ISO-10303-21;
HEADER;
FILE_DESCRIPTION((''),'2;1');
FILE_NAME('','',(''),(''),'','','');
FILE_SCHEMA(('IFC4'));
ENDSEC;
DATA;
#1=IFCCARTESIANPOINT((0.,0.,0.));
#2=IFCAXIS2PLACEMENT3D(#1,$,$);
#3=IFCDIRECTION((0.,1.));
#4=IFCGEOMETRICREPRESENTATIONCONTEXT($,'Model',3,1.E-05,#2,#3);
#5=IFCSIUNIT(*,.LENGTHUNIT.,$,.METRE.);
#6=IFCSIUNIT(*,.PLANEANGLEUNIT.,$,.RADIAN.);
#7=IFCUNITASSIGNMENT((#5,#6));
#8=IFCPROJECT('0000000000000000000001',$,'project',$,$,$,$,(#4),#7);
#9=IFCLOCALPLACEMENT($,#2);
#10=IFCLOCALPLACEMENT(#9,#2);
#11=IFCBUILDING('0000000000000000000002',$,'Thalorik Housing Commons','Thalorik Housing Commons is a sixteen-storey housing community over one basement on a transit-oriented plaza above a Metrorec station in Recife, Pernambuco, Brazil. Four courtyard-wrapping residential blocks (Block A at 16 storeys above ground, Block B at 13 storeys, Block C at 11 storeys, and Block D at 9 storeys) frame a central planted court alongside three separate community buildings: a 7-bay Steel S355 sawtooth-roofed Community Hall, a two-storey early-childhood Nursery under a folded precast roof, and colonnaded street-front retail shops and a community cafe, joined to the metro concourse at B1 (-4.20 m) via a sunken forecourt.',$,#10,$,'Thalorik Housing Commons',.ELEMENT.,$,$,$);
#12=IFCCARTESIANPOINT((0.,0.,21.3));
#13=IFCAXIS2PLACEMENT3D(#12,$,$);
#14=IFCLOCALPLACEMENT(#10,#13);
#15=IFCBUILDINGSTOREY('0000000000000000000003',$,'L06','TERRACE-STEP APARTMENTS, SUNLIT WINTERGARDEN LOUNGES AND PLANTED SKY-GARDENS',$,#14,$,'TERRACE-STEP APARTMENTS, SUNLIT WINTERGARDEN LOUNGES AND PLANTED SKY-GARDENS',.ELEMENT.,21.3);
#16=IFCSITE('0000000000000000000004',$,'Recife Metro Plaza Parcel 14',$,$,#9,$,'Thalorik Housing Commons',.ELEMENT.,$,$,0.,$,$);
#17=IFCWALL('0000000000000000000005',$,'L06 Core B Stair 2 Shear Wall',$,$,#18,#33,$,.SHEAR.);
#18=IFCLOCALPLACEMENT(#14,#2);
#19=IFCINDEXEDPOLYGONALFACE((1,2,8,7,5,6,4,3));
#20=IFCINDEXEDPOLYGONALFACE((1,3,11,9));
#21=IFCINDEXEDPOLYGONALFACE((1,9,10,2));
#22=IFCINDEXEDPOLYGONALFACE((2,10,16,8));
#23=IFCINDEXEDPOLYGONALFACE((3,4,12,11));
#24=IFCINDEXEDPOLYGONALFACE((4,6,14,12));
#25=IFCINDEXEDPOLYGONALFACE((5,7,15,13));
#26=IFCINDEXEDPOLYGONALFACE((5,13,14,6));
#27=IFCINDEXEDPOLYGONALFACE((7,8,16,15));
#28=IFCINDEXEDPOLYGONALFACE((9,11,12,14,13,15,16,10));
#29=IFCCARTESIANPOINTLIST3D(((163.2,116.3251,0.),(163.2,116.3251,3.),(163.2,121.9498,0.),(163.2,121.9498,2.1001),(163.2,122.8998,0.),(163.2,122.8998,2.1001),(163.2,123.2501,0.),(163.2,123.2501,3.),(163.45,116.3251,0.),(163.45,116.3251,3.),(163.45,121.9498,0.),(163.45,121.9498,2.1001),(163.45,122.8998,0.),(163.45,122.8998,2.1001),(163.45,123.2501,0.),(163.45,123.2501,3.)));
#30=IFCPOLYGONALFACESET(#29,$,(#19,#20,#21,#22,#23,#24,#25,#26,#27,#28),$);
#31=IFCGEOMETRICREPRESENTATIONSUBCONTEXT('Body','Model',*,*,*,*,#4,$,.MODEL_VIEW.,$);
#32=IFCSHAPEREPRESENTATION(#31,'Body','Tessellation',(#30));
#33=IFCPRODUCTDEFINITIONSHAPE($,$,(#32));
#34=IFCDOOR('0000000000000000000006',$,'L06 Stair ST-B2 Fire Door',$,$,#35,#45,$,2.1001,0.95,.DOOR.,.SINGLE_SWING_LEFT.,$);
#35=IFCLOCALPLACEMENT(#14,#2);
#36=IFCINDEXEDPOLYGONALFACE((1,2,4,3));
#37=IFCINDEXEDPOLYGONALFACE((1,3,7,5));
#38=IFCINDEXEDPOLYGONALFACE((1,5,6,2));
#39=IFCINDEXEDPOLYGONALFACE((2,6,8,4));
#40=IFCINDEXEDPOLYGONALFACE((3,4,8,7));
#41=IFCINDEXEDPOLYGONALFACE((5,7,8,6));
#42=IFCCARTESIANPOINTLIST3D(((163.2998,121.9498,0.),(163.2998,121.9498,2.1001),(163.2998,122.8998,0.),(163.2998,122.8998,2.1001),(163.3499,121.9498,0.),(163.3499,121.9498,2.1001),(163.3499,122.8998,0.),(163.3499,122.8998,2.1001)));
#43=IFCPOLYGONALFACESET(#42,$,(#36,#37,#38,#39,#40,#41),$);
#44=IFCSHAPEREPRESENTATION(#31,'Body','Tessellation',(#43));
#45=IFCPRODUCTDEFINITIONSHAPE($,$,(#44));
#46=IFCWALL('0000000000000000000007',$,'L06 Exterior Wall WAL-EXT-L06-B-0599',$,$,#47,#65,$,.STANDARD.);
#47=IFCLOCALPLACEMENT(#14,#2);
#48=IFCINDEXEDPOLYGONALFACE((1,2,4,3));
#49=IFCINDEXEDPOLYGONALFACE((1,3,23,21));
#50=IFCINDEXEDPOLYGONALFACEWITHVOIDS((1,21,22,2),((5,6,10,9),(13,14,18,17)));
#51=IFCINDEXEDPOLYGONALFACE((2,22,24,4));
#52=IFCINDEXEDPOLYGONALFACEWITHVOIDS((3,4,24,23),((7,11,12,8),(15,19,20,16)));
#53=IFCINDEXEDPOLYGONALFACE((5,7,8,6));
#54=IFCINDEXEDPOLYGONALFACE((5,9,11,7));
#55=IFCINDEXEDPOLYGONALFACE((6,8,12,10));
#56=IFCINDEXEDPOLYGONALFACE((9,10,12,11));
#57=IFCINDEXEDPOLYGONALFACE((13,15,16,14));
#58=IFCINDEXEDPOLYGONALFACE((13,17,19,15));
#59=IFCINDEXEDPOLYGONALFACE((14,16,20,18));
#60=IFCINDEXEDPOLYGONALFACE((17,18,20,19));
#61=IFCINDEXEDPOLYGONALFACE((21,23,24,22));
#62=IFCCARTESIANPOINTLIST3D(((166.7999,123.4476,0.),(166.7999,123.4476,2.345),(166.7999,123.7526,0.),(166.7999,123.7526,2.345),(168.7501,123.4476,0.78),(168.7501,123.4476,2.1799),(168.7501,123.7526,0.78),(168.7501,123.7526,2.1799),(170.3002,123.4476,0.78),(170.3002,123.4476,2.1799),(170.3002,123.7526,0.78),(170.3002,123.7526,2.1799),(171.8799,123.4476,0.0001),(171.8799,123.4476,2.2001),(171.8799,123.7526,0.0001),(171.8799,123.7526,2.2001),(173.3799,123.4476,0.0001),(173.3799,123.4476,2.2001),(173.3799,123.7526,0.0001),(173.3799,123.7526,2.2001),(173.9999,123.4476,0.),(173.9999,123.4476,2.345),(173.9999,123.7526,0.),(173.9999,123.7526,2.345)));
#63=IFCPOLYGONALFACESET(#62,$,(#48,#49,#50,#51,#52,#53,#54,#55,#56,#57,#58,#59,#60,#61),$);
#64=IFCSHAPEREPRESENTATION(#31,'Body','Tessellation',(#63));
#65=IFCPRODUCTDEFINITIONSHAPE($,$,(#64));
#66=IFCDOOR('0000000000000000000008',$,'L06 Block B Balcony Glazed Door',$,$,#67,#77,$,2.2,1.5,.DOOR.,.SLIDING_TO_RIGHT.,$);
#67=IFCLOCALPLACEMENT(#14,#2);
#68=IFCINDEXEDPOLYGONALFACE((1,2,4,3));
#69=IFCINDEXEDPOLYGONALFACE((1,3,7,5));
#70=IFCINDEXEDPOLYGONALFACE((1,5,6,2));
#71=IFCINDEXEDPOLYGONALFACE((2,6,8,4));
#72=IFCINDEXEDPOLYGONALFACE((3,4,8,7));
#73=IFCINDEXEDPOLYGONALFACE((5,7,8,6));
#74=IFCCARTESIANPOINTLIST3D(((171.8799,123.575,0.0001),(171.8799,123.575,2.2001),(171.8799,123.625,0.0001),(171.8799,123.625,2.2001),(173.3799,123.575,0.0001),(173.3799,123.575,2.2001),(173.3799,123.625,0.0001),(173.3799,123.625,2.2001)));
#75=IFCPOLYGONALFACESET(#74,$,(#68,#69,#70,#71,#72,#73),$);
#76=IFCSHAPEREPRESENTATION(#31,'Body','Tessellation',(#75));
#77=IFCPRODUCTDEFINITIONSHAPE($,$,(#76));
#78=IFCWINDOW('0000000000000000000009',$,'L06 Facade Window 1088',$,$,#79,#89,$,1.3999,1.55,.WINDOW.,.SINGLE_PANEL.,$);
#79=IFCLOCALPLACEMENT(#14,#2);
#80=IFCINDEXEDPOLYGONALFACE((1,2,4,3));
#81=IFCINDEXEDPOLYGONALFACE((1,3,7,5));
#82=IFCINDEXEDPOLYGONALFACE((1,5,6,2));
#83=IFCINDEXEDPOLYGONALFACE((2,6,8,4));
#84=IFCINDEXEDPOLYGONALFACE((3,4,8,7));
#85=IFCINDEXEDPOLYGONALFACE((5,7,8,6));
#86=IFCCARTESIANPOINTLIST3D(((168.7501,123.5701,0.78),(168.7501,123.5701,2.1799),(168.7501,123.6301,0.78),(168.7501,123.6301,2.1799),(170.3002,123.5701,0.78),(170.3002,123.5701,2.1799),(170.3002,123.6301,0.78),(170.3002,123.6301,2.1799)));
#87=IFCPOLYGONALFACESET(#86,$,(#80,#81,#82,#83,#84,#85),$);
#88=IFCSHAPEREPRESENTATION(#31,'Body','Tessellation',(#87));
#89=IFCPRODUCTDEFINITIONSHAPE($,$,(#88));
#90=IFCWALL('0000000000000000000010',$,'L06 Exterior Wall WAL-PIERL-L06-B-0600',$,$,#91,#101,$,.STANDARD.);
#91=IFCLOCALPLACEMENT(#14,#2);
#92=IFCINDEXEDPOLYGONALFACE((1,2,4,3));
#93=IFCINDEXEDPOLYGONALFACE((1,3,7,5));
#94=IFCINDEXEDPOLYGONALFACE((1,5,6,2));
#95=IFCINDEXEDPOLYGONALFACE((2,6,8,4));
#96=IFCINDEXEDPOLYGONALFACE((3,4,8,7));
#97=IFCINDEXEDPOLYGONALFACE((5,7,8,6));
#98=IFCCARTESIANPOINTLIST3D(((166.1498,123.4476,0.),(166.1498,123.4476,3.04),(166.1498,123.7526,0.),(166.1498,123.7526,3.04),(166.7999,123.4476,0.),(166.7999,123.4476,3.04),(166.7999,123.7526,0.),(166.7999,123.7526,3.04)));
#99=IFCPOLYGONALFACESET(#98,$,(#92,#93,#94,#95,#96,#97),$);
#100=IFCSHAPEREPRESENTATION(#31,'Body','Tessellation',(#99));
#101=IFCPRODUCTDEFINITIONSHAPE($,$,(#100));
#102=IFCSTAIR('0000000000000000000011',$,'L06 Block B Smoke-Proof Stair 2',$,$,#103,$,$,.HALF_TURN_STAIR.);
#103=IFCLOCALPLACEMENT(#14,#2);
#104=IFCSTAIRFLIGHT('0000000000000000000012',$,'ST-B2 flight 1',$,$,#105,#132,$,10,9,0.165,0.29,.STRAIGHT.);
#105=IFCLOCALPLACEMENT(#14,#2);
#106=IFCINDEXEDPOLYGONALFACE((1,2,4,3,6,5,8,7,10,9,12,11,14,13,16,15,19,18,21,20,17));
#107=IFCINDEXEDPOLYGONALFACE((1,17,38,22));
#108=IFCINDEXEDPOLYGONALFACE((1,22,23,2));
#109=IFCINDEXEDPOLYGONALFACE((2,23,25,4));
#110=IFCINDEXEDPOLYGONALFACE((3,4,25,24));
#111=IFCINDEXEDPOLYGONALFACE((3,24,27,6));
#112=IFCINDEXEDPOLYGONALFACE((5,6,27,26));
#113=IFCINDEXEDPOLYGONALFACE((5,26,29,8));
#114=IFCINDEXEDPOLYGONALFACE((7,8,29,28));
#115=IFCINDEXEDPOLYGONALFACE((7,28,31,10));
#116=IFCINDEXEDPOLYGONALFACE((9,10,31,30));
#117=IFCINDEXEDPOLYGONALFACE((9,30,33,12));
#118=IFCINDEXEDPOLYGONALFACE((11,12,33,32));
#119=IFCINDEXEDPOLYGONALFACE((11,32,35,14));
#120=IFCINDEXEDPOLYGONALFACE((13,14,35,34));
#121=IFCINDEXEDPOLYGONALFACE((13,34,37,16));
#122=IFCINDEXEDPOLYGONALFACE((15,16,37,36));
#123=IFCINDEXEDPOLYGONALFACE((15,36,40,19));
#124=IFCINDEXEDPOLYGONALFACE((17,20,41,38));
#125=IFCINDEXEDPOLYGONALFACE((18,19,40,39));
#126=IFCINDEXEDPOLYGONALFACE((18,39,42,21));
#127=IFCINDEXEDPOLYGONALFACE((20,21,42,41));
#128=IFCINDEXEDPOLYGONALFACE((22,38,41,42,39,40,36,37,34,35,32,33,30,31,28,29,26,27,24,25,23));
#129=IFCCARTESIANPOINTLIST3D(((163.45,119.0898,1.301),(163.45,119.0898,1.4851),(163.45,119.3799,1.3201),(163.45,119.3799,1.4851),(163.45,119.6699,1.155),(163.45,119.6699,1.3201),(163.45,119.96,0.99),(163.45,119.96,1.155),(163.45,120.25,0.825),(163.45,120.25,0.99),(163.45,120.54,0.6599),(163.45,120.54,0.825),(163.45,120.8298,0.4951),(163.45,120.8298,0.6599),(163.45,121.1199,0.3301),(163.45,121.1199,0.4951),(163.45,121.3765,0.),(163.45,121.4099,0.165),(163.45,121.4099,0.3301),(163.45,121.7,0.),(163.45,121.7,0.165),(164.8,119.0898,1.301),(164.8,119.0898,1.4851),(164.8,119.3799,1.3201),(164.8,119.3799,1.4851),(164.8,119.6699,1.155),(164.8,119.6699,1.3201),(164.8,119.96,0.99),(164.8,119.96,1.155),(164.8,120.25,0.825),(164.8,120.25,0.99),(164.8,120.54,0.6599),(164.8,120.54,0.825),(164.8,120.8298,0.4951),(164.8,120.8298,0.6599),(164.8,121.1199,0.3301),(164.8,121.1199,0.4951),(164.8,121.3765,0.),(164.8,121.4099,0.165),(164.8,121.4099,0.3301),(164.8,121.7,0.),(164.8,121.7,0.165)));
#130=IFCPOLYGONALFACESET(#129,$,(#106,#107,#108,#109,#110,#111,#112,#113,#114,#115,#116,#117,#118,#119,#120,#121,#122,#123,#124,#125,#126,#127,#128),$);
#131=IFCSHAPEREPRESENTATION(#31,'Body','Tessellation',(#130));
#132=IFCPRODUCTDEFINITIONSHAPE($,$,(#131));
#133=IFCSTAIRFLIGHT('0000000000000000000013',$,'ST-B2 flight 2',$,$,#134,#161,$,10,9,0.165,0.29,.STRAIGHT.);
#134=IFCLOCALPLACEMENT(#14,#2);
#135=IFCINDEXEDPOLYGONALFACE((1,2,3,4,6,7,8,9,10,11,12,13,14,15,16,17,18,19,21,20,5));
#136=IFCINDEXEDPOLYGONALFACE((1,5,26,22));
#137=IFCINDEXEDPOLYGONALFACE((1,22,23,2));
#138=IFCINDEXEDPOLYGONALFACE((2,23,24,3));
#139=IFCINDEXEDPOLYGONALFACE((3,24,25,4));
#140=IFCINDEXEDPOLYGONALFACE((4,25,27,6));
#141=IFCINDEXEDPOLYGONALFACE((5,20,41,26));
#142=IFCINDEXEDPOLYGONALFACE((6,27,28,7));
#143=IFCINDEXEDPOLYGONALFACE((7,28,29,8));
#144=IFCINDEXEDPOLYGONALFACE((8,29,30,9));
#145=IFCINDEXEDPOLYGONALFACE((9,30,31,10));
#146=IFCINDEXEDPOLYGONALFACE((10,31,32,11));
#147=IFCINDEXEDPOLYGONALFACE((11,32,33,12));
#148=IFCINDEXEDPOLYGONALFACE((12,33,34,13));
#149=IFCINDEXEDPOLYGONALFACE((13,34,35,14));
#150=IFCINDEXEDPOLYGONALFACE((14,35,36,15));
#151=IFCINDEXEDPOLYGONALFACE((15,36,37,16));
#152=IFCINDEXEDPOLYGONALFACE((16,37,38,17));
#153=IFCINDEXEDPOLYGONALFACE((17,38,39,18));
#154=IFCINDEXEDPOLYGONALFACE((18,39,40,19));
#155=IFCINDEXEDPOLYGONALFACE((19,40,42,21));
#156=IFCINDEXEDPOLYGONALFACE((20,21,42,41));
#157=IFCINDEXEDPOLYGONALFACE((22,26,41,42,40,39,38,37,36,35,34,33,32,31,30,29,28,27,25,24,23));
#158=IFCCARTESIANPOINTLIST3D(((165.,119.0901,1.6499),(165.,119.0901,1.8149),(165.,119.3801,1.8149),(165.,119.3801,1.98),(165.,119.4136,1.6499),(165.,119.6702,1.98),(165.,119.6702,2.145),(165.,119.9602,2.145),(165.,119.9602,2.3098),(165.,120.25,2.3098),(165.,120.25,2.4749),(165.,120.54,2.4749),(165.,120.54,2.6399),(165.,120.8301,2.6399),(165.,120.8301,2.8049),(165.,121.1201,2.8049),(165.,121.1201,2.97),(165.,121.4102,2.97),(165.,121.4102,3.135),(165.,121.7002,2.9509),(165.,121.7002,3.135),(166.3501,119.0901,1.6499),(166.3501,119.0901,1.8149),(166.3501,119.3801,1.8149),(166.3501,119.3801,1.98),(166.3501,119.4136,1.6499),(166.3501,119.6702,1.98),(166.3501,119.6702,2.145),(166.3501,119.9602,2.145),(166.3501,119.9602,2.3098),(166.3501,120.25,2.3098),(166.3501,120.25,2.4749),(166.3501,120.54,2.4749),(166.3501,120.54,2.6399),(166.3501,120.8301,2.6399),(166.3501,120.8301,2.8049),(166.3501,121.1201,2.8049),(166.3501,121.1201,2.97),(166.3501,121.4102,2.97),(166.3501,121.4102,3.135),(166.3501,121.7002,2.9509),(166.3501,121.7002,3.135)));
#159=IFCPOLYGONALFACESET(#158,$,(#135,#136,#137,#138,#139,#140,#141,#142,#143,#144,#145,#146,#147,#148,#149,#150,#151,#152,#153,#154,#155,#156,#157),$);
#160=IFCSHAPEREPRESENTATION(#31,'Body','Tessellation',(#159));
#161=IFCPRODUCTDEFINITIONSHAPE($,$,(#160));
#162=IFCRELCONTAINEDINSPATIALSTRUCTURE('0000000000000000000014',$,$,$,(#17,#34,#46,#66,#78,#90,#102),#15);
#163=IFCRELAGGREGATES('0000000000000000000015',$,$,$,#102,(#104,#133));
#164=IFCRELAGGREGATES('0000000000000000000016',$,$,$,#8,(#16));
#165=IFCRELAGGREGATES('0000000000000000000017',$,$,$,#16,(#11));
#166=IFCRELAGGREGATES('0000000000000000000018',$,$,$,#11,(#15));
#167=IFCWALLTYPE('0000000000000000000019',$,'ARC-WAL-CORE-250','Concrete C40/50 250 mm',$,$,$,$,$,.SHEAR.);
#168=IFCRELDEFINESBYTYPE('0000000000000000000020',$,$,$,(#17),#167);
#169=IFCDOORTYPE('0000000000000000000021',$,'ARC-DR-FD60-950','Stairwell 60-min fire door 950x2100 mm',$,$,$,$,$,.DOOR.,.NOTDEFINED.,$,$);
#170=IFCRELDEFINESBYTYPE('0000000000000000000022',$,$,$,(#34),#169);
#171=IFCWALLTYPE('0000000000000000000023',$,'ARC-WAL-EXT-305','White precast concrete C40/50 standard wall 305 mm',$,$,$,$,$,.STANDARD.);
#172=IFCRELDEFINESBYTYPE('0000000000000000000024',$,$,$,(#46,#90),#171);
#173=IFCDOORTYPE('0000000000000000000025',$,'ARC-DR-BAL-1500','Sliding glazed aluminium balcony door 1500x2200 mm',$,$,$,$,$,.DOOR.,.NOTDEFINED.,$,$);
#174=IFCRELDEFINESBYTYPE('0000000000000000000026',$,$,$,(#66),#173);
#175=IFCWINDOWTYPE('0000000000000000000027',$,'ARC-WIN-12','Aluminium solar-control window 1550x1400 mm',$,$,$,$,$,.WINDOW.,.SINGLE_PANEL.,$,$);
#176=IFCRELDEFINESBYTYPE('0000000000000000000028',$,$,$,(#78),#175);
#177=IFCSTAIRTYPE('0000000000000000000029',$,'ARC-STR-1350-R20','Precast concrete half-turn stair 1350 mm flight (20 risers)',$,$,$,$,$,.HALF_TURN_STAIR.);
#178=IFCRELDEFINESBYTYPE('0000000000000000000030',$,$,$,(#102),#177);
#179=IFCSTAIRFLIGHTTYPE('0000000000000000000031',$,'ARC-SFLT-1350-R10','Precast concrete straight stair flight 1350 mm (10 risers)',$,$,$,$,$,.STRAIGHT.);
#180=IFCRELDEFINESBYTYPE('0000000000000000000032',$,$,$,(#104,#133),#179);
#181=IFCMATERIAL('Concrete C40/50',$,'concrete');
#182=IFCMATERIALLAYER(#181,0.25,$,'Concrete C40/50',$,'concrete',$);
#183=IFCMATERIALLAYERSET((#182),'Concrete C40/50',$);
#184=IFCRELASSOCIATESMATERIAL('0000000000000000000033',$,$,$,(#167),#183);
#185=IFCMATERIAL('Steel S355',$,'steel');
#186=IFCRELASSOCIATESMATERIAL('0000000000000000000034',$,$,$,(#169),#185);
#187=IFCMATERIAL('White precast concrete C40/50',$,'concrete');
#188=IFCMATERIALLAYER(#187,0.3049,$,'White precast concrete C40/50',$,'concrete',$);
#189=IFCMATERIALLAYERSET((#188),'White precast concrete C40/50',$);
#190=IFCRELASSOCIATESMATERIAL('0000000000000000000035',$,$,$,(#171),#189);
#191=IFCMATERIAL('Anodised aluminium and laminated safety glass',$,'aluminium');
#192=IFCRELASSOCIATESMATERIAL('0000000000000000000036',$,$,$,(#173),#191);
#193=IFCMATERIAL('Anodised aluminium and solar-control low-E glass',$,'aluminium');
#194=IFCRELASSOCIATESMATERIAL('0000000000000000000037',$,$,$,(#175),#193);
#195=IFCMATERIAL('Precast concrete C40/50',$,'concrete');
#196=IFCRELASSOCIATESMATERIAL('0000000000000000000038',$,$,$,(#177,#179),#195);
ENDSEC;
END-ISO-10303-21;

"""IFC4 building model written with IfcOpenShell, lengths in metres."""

from ifc_helpers import new_model, si_unit, direction, frame, frame_2d, origin, place, context, subcontext, project, spatial, polyline, rectangle, outline, extrude, material, layer, layer_set, type_object, element, fill, aggregate, save


model = new_model("IFC4")

# Units and contexts
model_context = context("Model", 3, precision=1e-05, world=origin(), true_north=direction((0.0, 1.0)))
body_context = subcontext(model_context, "Body", "Model", "MODEL_VIEW")
ifc_project = project(units=[si_unit("LENGTHUNIT", "METRE"), si_unit("PLANEANGLEUNIT", "RADIAN")], contexts=[model_context])

# Site, building, storey
site_placement = place(None, origin())
site = spatial("IfcSite", under=ifc_project, at=site_placement, Name="Recife Metro Plaza Parcel 14", LongName="Thalorik Housing Commons", CompositionType="ELEMENT", RefElevation=0.0)
building_placement = place(site_placement, origin())
building = spatial("IfcBuilding", under=site, at=building_placement, Name="Thalorik Housing Commons", Description="Thalorik Housing Commons is a sixteen-storey housing community over one basement on a transit-oriented plaza above a Metrorec station in Recife, Pernambuco, Brazil. Four courtyard-wrapping residential blocks (Block A at 16 storeys above ground, Block B at 13 storeys, Block C at 11 storeys, and Block D at 9 storeys) frame a central planted court alongside three separate community buildings: a 7-bay Steel S355 sawtooth-roofed Community Hall, a two-storey early-childhood Nursery under a folded precast roof, and colonnaded street-front retail shops and a community cafe, joined to the metro concourse at B1 (-4.20 m) via a sunken forecourt.", LongName="Thalorik Housing Commons", CompositionType="ELEMENT")
storey_placement = place(building_placement, frame((0.0, 0.0, 21.3)))
storey = spatial("IfcBuildingStorey", under=building, at=storey_placement, Name="L06", Description="TERRACE-STEP APARTMENTS, SUNLIT WINTERGARDEN LOUNGES AND PLANTED SKY-GARDENS", LongName="TERRACE-STEP APARTMENTS, SUNLIT WINTERGARDEN LOUNGES AND PLANTED SKY-GARDENS", CompositionType="ELEMENT", Elevation=21.3)

# Shared definitions
ifc_material_1 = material(Name="Precast concrete C40/50", Category="concrete")

# Shared definitions
ifc_material_2 = material(Name="Anodised aluminium and solar-control low-E glass", Category="aluminium")

# Shared definitions
ifc_material_3 = material(Name="Concrete C40/50", Category="concrete")
ifc_layer_1 = layer(ifc_material_3, 0.25, Name="Concrete C40/50", Category="concrete")
ifc_layer_set_1 = layer_set([ifc_layer_1], Name="Concrete C40/50")
wall_type_1 = type_object("IfcWallType", Name="ARC-WAL-CORE-250", Description="Concrete C40/50 250 mm", PredefinedType="SHEAR", material=ifc_layer_set_1)

# Wall, opening, door
wall_1_placement = place(storey_placement, frame((163.325, 123.25, 0.0), z_axis=(0.0, 0.0, 1.0), x_axis=(0.0, -1.0, 0.0)))
wall_1 = element("IfcWall", 1, at=wall_1_placement, inside=storey, type_object=wall_type_1, Name="L06 Core B Stair 2 Shear Wall", PredefinedType="SHEAR", context=body_context, shape_type="SweptSolid", body=[
    extrude(rectangle(XDim=6.925, YDim=0.25, at=frame_2d((3.4624, 0.0))), origin(), (0.0, 0.0, 1.0), 3.0),
])
opening_1_placement = place(wall_1_placement, frame((0.3501, 0.0, 0.0)))
opening_1 = element("IfcOpeningElement", 2, at=opening_1_placement, cuts=wall_1, PredefinedType="OPENING", context=body_context, shape_type="SweptSolid", body=[
    extrude(rectangle(XDim=0.95, YDim=2.1001, at=frame_2d((0.4751, 1.05))), frame((0.0, 0.135, 0.0), z_axis=(0.0, -1.0, 0.0), x_axis=(1.0, 0.0, 0.0)), (0.0, 0.0, 1.0), 0.27),
])
ifc_material_4 = material(Name="Steel S355", Category="steel")
door_type_1 = type_object("IfcDoorType", Name="ARC-DR-FD60-950", Description="Stairwell 60-min fire door 950x2100 mm", OperationType="NOTDEFINED", PredefinedType="DOOR", material=ifc_material_4)
door_1_placement = place(opening_1_placement, origin())
door_1 = element("IfcDoor", 3, at=door_1_placement, inside=storey, type_object=door_type_1, Name="L06 Stair ST-B2 Fire Door", OperationType="SINGLE_SWING_LEFT", OverallHeight=2.1001, OverallWidth=0.95, PredefinedType="DOOR", context=body_context, shape_type="SweptSolid", body=[
    extrude(rectangle(XDim=0.95, YDim=2.1001, at=frame_2d((0.4751, 1.05))), frame((0.0, 0.0249, 0.0), z_axis=(0.0, -1.0, 0.0), x_axis=(1.0, 0.0, 0.0)), (0.0, 0.0, 1.0), 0.05),
])
fill(opening_1, door_1)

# Wall, openings, door, window
ifc_material_5 = material(Name="White precast concrete C40/50", Category="concrete")
ifc_layer_2 = layer(ifc_material_5, 0.3049, Name="White precast concrete C40/50", Category="concrete")
ifc_layer_set_2 = layer_set([ifc_layer_2], Name="White precast concrete C40/50")
wall_type_2 = type_object("IfcWallType", Name="ARC-WAL-EXT-305", Description="White precast concrete C40/50 standard wall 305 mm", PredefinedType="STANDARD", material=ifc_layer_set_2)
wall_2_placement = place(storey_placement, frame((174.0, 123.6001, 0.0), z_axis=(0.0, 0.0, 1.0), x_axis=(-1.0, 0.0, 0.0)))
wall_2 = element("IfcWall", 4, at=wall_2_placement, inside=storey, type_object=wall_type_2, Name="L06 Exterior Wall WAL-EXT-L06-B-0599", PredefinedType="STANDARD", context=body_context, shape_type="SweptSolid", body=[
    extrude(rectangle(XDim=7.2, YDim=0.3049, at=frame_2d((3.6001, 0.0))), origin(), (0.0, 0.0, 1.0), 2.345),
])
opening_2_placement = place(wall_2_placement, frame((0.6201, 0.0, 0.0)))
opening_2 = element("IfcOpeningElement", 5, at=opening_2_placement, cuts=wall_2, PredefinedType="OPENING", context=body_context, shape_type="SweptSolid", body=[
    extrude(rectangle(XDim=1.5, YDim=2.2, at=frame_2d((0.75, 1.1001))), frame((0.0, 0.1626, 0.0), z_axis=(0.0, -1.0, 0.0), x_axis=(1.0, 0.0, 0.0)), (0.0, 0.0, 1.0), 0.325),
])
opening_3_placement = place(wall_2_placement, frame((3.7, 0.0, 0.78)))
opening_3 = element("IfcOpeningElement", 6, at=opening_3_placement, cuts=wall_2, PredefinedType="OPENING", context=body_context, shape_type="SweptSolid", body=[
    extrude(rectangle(XDim=1.55, YDim=1.3999, at=frame_2d((0.7749, 0.7))), frame((0.0, 0.1626, 0.0), z_axis=(0.0, -1.0, 0.0), x_axis=(1.0, 0.0, 0.0)), (0.0, 0.0, 1.0), 0.325),
])
ifc_material_6 = material(Name="Anodised aluminium and laminated safety glass", Category="aluminium")
door_type_2 = type_object("IfcDoorType", Name="ARC-DR-BAL-1500", Description="Sliding glazed aluminium balcony door 1500x2200 mm", OperationType="NOTDEFINED", PredefinedType="DOOR", material=ifc_material_6)
door_2_placement = place(opening_2_placement, frame((1.5, 0.0, 0.0), z_axis=(0.0, 0.0, 1.0), x_axis=(-1.0, 0.0, 0.0)))
door_2 = element("IfcDoor", 7, at=door_2_placement, inside=storey, type_object=door_type_2, Name="L06 Block B Balcony Glazed Door", OperationType="SLIDING_TO_RIGHT", OverallHeight=2.2, OverallWidth=1.5, PredefinedType="DOOR", context=body_context, shape_type="SweptSolid", body=[
    extrude(rectangle(XDim=1.5, YDim=2.2, at=frame_2d((0.75, 1.1001))), frame((0.0, 0.0249, 0.0), z_axis=(0.0, -1.0, 0.0), x_axis=(1.0, 0.0, 0.0)), (0.0, 0.0, 1.0), 0.05),
])
fill(opening_2, door_2)
window_type = type_object("IfcWindowType", Name="ARC-WIN-12", Description="Aluminium solar-control window 1550x1400 mm", PartitioningType="SINGLE_PANEL", PredefinedType="WINDOW", material=ifc_material_2)
window_placement = place(opening_3_placement, origin())
window = element("IfcWindow", 8, at=window_placement, inside=storey, type_object=window_type, Name="L06 Facade Window 1088", OverallHeight=1.3999, OverallWidth=1.55, PartitioningType="SINGLE_PANEL", PredefinedType="WINDOW", context=body_context, shape_type="SweptSolid", body=[
    extrude(rectangle(XDim=1.55, YDim=1.3999, at=frame_2d((0.7749, 0.7))), frame((0.0, 0.03, 0.0), z_axis=(0.0, -1.0, 0.0), x_axis=(1.0, 0.0, 0.0)), (0.0, 0.0, 1.0), 0.0601),
])
fill(opening_3, window)

# Wall
wall_3_placement = place(storey_placement, frame((166.8, 123.6001, 0.0), z_axis=(0.0, 0.0, 1.0), x_axis=(-1.0, 0.0, 0.0)))
element("IfcWall", 9, at=wall_3_placement, inside=storey, type_object=wall_type_2, Name="L06 Exterior Wall WAL-PIERL-L06-B-0600", PredefinedType="STANDARD", context=body_context, shape_type="SweptSolid", body=[
    extrude(rectangle(XDim=0.6501, YDim=0.3049, at=frame_2d((0.3252, 0.0))), origin(), (0.0, 0.0, 1.0), 3.04),
])

# Stair, stair flights
stair_type = type_object("IfcStairType", Name="ARC-STR-1350-R20", Description="Precast concrete half-turn stair 1350 mm flight (20 risers)", PredefinedType="HALF_TURN_STAIR", material=ifc_material_1)
stair_placement = place(storey_placement, origin())
stair = element("IfcStair", 10, at=stair_placement, inside=storey, type_object=stair_type, Name="L06 Block B Smoke-Proof Stair 2", PredefinedType="HALF_TURN_STAIR")
stair_flight_type = type_object("IfcStairFlightType", Name="ARC-SFLT-1350-R10", Description="Precast concrete straight stair flight 1350 mm (10 risers)", PredefinedType="STRAIGHT", material=ifc_material_1)
stair_flight_1_placement = place(storey_placement, frame((164.125, 121.7, 0.0), z_axis=(0.0, 0.0, 1.0), x_axis=(0.0, -1.0, 0.0)))
stair_flight_1 = element("IfcStairFlight", 11, at=stair_flight_1_placement, type_object=stair_flight_type, Name="ST-B2 flight 1", NumberOfRisers=10, NumberOfTreads=9, PredefinedType="STRAIGHT", RiserHeight=0.165, TreadLength=0.29, context=body_context, shape_type="SweptSolid", body=[
    extrude(outline(polyline([(0.0, 0.0), (0.0, 0.165), (0.29, 0.165), (0.29, 0.3301), (0.5801, 0.3301), (0.5801, 0.4951), (0.8701, 0.4951), (0.8701, 0.6599), (1.1599, 0.6599), (1.1599, 0.825), (1.45, 0.825), (1.45, 0.99), (1.74, 0.99), (1.74, 1.155), (2.03, 1.155), (2.03, 1.3201), (2.3201, 1.3201), (2.3201, 1.4851), (2.6101, 1.4851), (2.6101, 1.6499), (2.6101, 1.301), (0.3235, 0.0), (0.0, 0.0)])), frame((0.0, 0.675, 0.0), z_axis=(0.0, -1.0, 0.0), x_axis=(1.0, 0.0, 0.0)), (0.0, 0.0, 1.0), 1.3501),
])
stair_flight_2_placement = place(storey_placement, frame((165.675, 119.0901, 1.6499), z_axis=(0.0, 0.0, 1.0), x_axis=(0.0, 1.0, 0.0)))
stair_flight_2 = element("IfcStairFlight", 12, at=stair_flight_2_placement, type_object=stair_flight_type, Name="ST-B2 flight 2", NumberOfRisers=10, NumberOfTreads=9, PredefinedType="STRAIGHT", RiserHeight=0.165, TreadLength=0.29, context=body_context, shape_type="SweptSolid", body=[
    extrude(outline(polyline([(0.0, 0.0), (0.0, 0.165), (0.29, 0.165), (0.29, 0.3301), (0.5801, 0.3301), (0.5801, 0.4951), (0.8701, 0.4951), (0.8701, 0.6599), (1.1599, 0.6599), (1.1599, 0.825), (1.45, 0.825), (1.45, 0.99), (1.74, 0.99), (1.74, 1.155), (2.03, 1.155), (2.03, 1.3201), (2.3201, 1.3201), (2.3201, 1.4851), (2.6101, 1.4851), (2.6101, 1.6499), (2.6101, 1.301), (0.3235, 0.0), (0.0, 0.0)])), frame((0.0, 0.675, 0.0), z_axis=(0.0, -1.0, 0.0), x_axis=(1.0, 0.0, 0.0)), (0.0, 0.0, 1.0), 1.3501),
])
aggregate(stair, [stair_flight_1, stair_flight_2])

save(model, "model.ifc")
